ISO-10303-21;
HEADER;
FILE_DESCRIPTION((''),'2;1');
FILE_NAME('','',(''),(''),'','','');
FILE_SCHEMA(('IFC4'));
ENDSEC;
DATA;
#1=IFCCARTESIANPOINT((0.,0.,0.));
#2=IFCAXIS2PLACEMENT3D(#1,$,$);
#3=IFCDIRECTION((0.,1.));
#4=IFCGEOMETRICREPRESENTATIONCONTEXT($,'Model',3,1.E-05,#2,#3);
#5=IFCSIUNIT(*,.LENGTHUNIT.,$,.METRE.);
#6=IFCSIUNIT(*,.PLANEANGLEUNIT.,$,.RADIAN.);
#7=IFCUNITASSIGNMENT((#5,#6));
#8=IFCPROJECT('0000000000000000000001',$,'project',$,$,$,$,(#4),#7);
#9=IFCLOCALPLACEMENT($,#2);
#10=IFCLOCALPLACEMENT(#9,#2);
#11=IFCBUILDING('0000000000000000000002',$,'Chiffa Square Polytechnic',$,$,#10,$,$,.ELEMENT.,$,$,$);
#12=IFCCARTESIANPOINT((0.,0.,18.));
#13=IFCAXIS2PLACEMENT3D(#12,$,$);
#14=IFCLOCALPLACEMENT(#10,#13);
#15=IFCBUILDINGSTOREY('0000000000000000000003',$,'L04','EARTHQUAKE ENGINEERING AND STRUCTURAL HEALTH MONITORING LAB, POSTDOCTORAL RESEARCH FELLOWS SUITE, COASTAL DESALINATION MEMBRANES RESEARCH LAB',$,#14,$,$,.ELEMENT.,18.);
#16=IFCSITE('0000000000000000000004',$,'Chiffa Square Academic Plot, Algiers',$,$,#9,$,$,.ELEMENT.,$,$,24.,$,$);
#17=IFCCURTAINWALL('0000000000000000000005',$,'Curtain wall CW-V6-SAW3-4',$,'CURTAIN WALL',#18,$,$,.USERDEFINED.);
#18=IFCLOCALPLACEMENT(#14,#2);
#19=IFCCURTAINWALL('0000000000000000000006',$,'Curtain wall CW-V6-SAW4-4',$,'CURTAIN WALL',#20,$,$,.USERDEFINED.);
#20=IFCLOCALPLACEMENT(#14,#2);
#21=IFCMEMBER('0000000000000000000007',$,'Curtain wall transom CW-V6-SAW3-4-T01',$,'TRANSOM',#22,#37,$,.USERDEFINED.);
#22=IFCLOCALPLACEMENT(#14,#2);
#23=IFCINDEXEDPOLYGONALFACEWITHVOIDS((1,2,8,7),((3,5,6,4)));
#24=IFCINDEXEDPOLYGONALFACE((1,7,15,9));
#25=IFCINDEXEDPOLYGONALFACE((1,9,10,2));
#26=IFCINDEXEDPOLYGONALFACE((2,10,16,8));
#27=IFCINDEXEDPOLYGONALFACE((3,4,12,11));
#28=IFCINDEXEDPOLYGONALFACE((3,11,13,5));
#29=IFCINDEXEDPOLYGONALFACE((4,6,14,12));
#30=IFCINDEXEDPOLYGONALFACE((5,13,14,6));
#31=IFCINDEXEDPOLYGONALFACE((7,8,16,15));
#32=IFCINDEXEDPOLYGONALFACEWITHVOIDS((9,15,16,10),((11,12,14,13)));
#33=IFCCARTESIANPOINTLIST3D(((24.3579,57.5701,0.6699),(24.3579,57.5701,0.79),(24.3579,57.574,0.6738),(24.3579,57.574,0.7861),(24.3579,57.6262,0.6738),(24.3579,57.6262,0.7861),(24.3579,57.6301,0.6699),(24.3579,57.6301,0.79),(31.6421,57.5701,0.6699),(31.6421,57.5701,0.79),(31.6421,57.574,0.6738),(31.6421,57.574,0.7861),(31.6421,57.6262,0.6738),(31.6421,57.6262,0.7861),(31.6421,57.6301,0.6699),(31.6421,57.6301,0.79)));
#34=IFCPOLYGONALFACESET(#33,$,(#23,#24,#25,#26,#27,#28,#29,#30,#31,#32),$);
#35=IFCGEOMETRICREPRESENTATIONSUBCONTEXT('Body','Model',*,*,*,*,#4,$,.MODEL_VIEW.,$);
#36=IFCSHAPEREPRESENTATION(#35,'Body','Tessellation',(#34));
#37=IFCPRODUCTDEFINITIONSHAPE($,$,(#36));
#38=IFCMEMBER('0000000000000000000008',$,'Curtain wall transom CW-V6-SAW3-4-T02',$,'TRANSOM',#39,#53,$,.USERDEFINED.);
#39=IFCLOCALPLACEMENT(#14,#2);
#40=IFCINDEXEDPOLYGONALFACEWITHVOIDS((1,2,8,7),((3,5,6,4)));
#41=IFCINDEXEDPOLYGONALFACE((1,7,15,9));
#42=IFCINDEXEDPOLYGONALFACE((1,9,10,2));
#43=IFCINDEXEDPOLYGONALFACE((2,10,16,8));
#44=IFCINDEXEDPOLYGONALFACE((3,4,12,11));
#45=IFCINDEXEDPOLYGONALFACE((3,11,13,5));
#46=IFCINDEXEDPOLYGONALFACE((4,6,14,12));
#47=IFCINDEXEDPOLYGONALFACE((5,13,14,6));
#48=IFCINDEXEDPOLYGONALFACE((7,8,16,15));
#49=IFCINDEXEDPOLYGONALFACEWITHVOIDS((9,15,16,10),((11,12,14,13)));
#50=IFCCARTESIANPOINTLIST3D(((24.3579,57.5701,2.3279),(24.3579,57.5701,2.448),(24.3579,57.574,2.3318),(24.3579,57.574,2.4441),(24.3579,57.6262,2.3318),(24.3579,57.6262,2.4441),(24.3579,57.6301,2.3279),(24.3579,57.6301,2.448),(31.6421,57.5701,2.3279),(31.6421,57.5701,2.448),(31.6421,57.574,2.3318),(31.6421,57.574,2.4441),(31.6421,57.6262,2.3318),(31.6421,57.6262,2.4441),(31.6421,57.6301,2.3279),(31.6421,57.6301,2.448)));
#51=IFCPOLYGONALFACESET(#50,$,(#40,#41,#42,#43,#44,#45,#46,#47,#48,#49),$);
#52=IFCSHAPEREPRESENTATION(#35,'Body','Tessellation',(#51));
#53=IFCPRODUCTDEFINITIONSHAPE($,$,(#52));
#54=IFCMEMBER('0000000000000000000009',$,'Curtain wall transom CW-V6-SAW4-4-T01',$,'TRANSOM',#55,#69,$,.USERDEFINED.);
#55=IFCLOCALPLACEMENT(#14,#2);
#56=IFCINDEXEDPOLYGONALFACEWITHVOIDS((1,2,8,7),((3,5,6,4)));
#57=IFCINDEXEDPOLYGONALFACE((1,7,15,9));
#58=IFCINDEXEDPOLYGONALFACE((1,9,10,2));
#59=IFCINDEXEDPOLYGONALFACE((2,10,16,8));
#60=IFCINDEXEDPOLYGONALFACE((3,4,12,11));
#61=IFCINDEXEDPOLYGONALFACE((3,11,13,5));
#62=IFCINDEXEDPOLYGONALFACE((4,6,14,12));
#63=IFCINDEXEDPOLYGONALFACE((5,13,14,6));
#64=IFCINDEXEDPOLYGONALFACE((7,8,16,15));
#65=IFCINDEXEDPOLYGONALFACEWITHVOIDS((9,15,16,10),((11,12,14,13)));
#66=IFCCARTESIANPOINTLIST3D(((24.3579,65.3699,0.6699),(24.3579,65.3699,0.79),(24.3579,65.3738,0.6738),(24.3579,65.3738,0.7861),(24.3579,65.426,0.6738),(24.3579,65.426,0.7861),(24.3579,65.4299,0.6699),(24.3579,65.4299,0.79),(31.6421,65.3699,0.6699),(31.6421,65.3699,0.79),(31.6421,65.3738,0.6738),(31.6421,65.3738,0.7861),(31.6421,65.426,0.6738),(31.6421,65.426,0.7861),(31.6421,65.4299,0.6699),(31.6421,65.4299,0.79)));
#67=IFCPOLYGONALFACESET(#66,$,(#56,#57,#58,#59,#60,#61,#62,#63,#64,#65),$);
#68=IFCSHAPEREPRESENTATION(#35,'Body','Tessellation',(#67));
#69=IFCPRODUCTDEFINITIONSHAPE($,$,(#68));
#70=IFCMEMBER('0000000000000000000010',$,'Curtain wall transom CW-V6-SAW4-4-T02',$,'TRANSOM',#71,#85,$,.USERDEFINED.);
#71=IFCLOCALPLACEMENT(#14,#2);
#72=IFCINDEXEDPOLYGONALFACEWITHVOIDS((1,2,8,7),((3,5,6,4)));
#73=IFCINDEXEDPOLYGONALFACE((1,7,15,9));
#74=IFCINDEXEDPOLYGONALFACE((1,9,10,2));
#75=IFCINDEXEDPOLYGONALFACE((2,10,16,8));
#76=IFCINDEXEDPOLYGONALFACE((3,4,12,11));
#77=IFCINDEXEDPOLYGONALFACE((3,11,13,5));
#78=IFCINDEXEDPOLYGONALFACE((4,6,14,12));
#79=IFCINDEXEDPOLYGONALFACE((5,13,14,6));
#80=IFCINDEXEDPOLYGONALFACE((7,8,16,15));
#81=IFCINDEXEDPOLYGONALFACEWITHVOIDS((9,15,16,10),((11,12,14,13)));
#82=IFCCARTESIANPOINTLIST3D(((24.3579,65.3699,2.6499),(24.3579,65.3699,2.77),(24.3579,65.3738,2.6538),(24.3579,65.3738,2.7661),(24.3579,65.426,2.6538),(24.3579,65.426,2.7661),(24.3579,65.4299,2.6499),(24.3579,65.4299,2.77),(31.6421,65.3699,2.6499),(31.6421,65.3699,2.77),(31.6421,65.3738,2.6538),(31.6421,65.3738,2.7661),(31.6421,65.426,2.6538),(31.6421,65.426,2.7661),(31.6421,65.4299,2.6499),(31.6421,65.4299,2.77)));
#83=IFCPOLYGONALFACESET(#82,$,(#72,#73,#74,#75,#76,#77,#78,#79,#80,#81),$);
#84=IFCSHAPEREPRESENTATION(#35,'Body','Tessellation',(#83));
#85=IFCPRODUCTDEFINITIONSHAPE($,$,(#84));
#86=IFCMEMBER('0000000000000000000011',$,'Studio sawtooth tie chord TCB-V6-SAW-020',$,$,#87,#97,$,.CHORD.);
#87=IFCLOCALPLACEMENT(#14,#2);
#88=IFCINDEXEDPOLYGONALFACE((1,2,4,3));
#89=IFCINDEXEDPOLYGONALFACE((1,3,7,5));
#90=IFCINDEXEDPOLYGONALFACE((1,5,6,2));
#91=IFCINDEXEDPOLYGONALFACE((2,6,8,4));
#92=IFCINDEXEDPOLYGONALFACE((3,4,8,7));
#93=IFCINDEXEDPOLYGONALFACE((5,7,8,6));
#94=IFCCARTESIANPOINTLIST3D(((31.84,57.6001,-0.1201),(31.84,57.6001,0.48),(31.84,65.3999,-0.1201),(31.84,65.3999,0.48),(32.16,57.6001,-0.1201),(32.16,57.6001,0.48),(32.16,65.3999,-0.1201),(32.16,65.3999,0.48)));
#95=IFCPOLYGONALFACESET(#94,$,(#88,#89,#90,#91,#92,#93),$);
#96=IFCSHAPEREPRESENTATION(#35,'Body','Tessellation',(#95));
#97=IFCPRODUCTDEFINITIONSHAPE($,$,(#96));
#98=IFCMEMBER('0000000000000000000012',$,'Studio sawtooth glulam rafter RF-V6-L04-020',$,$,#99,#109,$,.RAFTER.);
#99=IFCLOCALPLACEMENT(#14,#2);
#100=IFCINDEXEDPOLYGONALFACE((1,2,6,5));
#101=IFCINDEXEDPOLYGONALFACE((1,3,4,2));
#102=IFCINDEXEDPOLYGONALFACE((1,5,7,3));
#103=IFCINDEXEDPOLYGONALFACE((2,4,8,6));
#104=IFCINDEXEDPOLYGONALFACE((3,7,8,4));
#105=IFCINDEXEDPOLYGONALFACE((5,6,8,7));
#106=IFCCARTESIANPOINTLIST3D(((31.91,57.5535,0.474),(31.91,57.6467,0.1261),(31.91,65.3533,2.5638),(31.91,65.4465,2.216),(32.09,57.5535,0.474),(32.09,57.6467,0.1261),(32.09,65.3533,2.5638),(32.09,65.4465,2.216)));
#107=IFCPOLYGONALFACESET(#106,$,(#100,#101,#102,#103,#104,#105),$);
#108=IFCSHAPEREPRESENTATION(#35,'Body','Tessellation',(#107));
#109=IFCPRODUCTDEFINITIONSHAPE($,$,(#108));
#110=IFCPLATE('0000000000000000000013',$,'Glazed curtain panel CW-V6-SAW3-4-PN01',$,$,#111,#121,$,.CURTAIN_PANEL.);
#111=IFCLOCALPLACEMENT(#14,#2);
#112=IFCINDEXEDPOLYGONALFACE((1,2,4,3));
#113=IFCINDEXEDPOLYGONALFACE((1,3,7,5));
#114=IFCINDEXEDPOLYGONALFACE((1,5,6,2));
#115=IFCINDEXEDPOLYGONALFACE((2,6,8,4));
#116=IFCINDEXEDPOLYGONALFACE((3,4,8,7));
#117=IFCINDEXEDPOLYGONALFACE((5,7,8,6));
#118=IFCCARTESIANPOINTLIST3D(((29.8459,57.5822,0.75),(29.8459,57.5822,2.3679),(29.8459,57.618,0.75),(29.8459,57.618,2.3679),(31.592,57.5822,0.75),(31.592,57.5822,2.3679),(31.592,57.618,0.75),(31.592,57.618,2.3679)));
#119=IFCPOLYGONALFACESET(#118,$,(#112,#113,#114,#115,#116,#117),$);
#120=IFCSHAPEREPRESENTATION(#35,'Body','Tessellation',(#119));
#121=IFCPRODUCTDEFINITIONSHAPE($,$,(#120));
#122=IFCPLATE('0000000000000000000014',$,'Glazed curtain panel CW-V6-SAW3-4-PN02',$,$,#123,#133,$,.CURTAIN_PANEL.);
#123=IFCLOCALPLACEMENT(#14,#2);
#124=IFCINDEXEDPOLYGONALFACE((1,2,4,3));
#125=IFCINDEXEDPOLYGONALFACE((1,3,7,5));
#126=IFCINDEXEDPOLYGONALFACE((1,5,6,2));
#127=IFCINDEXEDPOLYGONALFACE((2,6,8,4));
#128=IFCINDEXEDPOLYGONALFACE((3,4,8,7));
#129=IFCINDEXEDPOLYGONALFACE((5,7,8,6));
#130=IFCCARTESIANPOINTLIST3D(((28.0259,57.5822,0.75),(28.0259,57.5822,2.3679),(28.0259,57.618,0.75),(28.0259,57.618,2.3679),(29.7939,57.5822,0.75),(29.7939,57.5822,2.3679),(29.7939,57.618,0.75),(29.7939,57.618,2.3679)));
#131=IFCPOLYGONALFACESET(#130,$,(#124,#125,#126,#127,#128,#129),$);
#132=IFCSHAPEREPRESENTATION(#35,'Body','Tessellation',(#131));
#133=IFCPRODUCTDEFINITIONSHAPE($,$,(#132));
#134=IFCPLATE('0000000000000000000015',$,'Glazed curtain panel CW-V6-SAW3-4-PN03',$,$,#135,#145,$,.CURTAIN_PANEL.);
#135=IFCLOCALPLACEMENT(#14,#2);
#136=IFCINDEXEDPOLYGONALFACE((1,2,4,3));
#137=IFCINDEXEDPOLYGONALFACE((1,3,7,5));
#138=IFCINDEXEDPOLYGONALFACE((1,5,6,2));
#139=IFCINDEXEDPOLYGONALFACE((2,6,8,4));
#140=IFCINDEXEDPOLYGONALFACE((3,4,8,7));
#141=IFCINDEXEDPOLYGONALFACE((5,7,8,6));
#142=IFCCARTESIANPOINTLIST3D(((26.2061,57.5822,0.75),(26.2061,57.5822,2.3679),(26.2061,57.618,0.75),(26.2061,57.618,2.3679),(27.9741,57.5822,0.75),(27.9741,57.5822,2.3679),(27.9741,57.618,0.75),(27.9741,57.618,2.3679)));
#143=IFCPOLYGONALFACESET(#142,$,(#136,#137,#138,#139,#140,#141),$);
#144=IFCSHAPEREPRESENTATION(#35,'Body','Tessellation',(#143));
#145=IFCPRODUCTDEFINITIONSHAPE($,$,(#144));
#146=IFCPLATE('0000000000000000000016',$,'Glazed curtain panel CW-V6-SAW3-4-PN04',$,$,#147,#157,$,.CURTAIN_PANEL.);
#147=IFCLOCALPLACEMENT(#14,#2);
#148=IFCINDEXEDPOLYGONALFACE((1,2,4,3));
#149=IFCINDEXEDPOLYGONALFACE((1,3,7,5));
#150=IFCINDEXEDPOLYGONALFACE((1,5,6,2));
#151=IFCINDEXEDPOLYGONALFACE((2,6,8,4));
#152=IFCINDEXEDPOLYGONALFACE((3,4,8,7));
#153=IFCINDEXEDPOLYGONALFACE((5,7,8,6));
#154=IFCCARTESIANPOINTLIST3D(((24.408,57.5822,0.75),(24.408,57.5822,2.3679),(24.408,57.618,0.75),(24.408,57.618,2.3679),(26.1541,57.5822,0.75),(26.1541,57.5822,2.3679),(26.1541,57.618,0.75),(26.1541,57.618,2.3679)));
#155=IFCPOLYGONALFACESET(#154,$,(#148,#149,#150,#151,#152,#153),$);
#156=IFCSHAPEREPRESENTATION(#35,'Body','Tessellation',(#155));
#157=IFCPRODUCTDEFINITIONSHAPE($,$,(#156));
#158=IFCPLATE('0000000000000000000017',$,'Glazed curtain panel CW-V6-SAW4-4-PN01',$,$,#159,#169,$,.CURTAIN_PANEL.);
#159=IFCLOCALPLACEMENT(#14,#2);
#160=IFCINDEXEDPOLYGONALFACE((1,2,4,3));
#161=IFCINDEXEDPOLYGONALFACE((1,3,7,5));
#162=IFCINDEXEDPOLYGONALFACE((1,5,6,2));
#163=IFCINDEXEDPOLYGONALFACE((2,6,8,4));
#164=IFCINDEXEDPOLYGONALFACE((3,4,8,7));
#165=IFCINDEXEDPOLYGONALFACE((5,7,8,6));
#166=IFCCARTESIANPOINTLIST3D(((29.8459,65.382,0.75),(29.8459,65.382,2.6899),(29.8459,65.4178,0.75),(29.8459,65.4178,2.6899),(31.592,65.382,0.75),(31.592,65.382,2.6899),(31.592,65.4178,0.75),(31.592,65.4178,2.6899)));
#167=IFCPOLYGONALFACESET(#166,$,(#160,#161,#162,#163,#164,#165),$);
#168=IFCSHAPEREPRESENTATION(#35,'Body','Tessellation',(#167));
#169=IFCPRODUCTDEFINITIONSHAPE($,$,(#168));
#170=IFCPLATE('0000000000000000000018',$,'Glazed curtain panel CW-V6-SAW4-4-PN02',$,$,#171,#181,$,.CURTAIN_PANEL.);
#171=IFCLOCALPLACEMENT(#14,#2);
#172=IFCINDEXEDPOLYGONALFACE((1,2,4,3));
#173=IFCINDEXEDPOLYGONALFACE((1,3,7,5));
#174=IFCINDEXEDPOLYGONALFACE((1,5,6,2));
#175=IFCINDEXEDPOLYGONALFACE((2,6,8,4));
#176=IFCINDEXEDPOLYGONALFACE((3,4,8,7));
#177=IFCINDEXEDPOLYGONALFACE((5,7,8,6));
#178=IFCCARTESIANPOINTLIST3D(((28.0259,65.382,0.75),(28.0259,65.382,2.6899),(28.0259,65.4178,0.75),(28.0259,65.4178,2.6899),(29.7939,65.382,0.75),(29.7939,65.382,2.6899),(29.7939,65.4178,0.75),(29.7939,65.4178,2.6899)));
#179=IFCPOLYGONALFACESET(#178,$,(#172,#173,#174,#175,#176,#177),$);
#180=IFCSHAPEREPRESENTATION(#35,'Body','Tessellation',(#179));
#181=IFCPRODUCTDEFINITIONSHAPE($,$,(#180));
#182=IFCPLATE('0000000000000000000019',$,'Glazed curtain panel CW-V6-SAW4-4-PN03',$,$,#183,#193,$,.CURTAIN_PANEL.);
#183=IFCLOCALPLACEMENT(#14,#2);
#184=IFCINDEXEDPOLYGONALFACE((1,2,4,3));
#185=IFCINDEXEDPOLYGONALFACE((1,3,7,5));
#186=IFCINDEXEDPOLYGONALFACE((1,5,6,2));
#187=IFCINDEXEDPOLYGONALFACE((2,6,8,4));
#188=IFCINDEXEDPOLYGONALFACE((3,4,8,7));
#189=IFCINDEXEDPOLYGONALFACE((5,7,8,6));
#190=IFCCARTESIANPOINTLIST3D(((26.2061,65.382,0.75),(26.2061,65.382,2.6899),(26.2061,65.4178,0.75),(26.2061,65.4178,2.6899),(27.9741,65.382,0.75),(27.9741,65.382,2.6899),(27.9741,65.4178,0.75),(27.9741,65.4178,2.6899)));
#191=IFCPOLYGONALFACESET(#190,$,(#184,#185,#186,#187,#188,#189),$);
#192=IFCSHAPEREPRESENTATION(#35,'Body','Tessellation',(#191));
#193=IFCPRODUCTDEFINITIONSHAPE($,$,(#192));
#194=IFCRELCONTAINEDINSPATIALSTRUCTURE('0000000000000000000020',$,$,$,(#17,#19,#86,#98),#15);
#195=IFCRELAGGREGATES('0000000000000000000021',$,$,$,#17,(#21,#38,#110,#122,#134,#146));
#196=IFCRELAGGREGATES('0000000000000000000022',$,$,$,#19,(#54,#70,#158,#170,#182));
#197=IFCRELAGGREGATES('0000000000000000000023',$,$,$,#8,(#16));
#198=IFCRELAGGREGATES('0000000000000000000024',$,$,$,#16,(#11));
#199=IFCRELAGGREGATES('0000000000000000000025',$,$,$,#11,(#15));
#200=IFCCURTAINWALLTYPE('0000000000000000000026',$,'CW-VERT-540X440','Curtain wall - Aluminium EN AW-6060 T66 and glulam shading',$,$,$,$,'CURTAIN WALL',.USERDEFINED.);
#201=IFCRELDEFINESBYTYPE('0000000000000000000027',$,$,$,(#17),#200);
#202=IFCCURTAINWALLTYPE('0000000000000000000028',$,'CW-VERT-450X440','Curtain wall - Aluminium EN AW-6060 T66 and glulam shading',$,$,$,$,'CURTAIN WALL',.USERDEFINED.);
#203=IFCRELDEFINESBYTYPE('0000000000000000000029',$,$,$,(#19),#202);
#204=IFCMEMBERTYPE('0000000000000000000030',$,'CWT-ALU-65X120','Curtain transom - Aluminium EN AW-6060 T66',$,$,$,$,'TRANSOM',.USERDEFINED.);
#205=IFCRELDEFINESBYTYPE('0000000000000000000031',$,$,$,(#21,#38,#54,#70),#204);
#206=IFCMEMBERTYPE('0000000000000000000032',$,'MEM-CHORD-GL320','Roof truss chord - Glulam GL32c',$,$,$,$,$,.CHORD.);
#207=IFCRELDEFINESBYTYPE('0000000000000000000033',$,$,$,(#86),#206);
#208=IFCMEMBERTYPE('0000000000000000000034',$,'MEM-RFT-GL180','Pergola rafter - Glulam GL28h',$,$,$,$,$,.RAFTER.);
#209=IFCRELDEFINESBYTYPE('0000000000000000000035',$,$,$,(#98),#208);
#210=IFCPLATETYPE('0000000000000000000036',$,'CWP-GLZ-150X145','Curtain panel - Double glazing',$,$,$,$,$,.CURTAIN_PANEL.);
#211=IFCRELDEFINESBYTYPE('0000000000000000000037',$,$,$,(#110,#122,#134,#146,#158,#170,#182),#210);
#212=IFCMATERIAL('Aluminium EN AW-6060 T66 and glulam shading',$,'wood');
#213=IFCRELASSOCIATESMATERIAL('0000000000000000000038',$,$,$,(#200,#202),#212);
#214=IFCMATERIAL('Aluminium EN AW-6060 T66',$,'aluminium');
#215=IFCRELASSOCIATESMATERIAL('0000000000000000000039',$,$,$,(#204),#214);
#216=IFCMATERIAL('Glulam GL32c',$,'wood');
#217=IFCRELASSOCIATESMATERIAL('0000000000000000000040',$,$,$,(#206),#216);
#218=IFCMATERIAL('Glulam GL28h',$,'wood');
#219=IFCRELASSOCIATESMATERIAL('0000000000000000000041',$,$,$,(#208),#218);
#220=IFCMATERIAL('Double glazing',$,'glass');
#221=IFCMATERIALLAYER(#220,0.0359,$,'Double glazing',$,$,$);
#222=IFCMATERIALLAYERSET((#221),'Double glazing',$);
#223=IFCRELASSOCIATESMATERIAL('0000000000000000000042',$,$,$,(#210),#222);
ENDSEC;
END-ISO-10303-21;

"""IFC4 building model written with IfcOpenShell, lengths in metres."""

from ifc_helpers import new_model, si_unit, direction, frame, origin, origin_2d, place, context, subcontext, project, spatial, rectangle, hollow_rectangle, extrude, material, layer, layer_set, material_profile, profile_set, type_object, element, aggregate, save


model = new_model("IFC4")

# Units and contexts
model_context = context("Model", 3, precision=1e-05, world=origin(), true_north=direction((0.0, 1.0)))
body_context = subcontext(model_context, "Body", "Model", "MODEL_VIEW")
ifc_project = project(units=[si_unit("LENGTHUNIT", "METRE"), si_unit("PLANEANGLEUNIT", "RADIAN")], contexts=[model_context])

# Site, building, storey
site_placement = place(None, origin())
site = spatial("IfcSite", under=ifc_project, at=site_placement, Name="Chiffa Square Academic Plot, Algiers", CompositionType="ELEMENT", RefElevation=24.0)
building_placement = place(site_placement, origin())
building = spatial("IfcBuilding", under=site, at=building_placement, Name="Chiffa Square Polytechnic", CompositionType="ELEMENT")
storey_placement = place(building_placement, frame((0.0, 0.0, 18.0)))
storey = spatial("IfcBuildingStorey", under=building, at=storey_placement, Name="L04", Description="EARTHQUAKE ENGINEERING AND STRUCTURAL HEALTH MONITORING LAB, POSTDOCTORAL RESEARCH FELLOWS SUITE, COASTAL DESALINATION MEMBRANES RESEARCH LAB", CompositionType="ELEMENT", Elevation=18.0)

# Shared definitions
ifc_material_1 = material(Name="Glulam GL32c", Category="wood")

# Curtain walls
ifc_material_2 = material(Name="Aluminium EN AW-6060 T66 and glulam shading", Category="wood")
curtain_wall_type_1 = type_object("IfcCurtainWallType", Name="CW-VERT-540X440", Description="Curtain wall - Aluminium EN AW-6060 T66 and glulam shading", ElementType="CURTAIN WALL", PredefinedType="USERDEFINED", material=ifc_material_2)
curtain_wall_1_placement = place(storey_placement, origin())
curtain_wall_1 = element("IfcCurtainWall", 1, at=curtain_wall_1_placement, inside=storey, type_object=curtain_wall_type_1, Name="Curtain wall CW-V6-SAW3-4", ObjectType="CURTAIN WALL", PredefinedType="USERDEFINED")
ifc_material_3 = material(Name="Aluminium EN AW-6060 T66", Category="aluminium")
curtain_wall_type_2 = type_object("IfcCurtainWallType", Name="CW-VERT-450X440", Description="Curtain wall - Aluminium EN AW-6060 T66 and glulam shading", ElementType="CURTAIN WALL", PredefinedType="USERDEFINED", material=ifc_material_2)
curtain_wall_2_placement = place(storey_placement, origin())
curtain_wall_2 = element("IfcCurtainWall", 2, at=curtain_wall_2_placement, inside=storey, type_object=curtain_wall_type_2, Name="Curtain wall CW-V6-SAW4-4", ObjectType="CURTAIN WALL", PredefinedType="USERDEFINED")

# Members
ifc_material_profile_1 = material_profile(ifc_material_3, hollow_rectangle(XDim=0.0601, YDim=0.1201, WallThickness=0.0039, at=origin_2d()), Name="ALU 60x120x4")
ifc_profile_set_1 = profile_set([ifc_material_profile_1], Name="Aluminium EN AW-6060 T66")
member_type_1 = type_object("IfcMemberType", Name="CWT-ALU-65X120", Description="Curtain transom - Aluminium EN AW-6060 T66", ElementType="TRANSOM", PredefinedType="USERDEFINED", material=ifc_profile_set_1)
member_1_placement = place(storey_placement, frame((31.6421, 57.6001, 0.73), z_axis=(-1.0, 0.0, 0.0), x_axis=(0.0, -1.0, 0.0)))
member_1 = element("IfcMember", 3, at=member_1_placement, type_object=member_type_1, Name="Curtain wall transom CW-V6-SAW3-4-T01", ObjectType="TRANSOM", PredefinedType="USERDEFINED", context=body_context, shape_type="SweptSolid", body=[
    extrude(hollow_rectangle(XDim=0.0601, YDim=0.1201, WallThickness=0.0039, at=origin_2d()), origin(), (0.0, 0.0, 1.0), 7.2842),
])
member_2_placement = place(storey_placement, frame((31.6421, 57.6001, 2.3879), z_axis=(-1.0, 0.0, 0.0), x_axis=(0.0, -1.0, 0.0)))
member_2 = element("IfcMember", 4, at=member_2_placement, type_object=member_type_1, Name="Curtain wall transom CW-V6-SAW3-4-T02", ObjectType="TRANSOM", PredefinedType="USERDEFINED", context=body_context, shape_type="SweptSolid", body=[
    extrude(hollow_rectangle(XDim=0.0601, YDim=0.1201, WallThickness=0.0039, at=origin_2d()), origin(), (0.0, 0.0, 1.0), 7.2842),
])
member_3_placement = place(storey_placement, frame((31.6421, 65.3999, 0.73), z_axis=(-1.0, 0.0, 0.0), x_axis=(0.0, -1.0, 0.0)))
member_3 = element("IfcMember", 5, at=member_3_placement, type_object=member_type_1, Name="Curtain wall transom CW-V6-SAW4-4-T01", ObjectType="TRANSOM", PredefinedType="USERDEFINED", context=body_context, shape_type="SweptSolid", body=[
    extrude(hollow_rectangle(XDim=0.0601, YDim=0.1201, WallThickness=0.0039, at=origin_2d()), origin(), (0.0, 0.0, 1.0), 7.2842),
])
member_4_placement = place(storey_placement, frame((31.6421, 65.3999, 2.71), z_axis=(-1.0, 0.0, 0.0), x_axis=(0.0, -1.0, 0.0)))
member_4 = element("IfcMember", 6, at=member_4_placement, type_object=member_type_1, Name="Curtain wall transom CW-V6-SAW4-4-T02", ObjectType="TRANSOM", PredefinedType="USERDEFINED", context=body_context, shape_type="SweptSolid", body=[
    extrude(hollow_rectangle(XDim=0.0601, YDim=0.1201, WallThickness=0.0039, at=origin_2d()), origin(), (0.0, 0.0, 1.0), 7.2842),
])

# Members
ifc_material_profile_2 = material_profile(ifc_material_1, rectangle(XDim=0.3201, YDim=0.6001, at=origin_2d()), Name="GL32c 320x600")
ifc_profile_set_2 = profile_set([ifc_material_profile_2], Name="Glulam GL32c")
member_type_2 = type_object("IfcMemberType", Name="MEM-CHORD-GL320", Description="Roof truss chord - Glulam GL32c", PredefinedType="CHORD", material=ifc_profile_set_2)
member_5_placement = place(storey_placement, frame((32.0, 57.6001, 0.1799), z_axis=(0.0, 1.0, 0.0), x_axis=(-1.0, 0.0, 0.0)))
element("IfcMember", 7, at=member_5_placement, inside=storey, type_object=member_type_2, Name="Studio sawtooth tie chord TCB-V6-SAW-020", PredefinedType="CHORD", context=body_context, shape_type="SweptSolid", body=[
    extrude(rectangle(XDim=0.3201, YDim=0.6001, at=origin_2d()), origin(), (0.0, 0.0, 1.0), 7.7998),
])
ifc_material_4 = material(Name="Glulam GL28h", Category="wood")
ifc_material_profile_3 = material_profile(ifc_material_4, rectangle(XDim=0.1799, YDim=0.3601, at=origin_2d()), Name="GL28h 180x360")
ifc_profile_set_3 = profile_set([ifc_material_profile_3], Name="Glulam GL28h")
member_type_3 = type_object("IfcMemberType", Name="MEM-RFT-GL180", Description="Pergola rafter - Glulam GL28h", PredefinedType="RAFTER", material=ifc_profile_set_3)
member_6_placement = place(storey_placement, frame((32.0, 57.6001, 0.3), z_axis=(0.0, 0.965929, 0.258807), x_axis=(-1.0, 0.0, 0.0)))
element("IfcMember", 8, at=member_6_placement, inside=storey, type_object=member_type_3, Name="Studio sawtooth glulam rafter RF-V6-L04-020", PredefinedType="RAFTER", context=body_context, shape_type="SweptSolid", body=[
    extrude(rectangle(XDim=0.1799, YDim=0.3601, at=origin_2d()), origin(), (0.0, 0.0, 1.0), 8.075),
])

# Plates
ifc_material_5 = material(Name="Double glazing", Category="glass")
ifc_layer_1 = layer(ifc_material_5, 0.0359, Name="Double glazing")
ifc_layer_set_1 = layer_set([ifc_layer_1], Name="Double glazing")
plate_type = type_object("IfcPlateType", Name="CWP-GLZ-150X145", Description="Curtain panel - Double glazing", PredefinedType="CURTAIN_PANEL", material=ifc_layer_set_1)
plate_1_placement = place(storey_placement, frame((30.719, 57.6001, 0.75), z_axis=(0.0, 0.0, 1.0), x_axis=(-1.0, 0.0, 0.0)))
plate_1 = element("IfcPlate", 9, at=plate_1_placement, type_object=plate_type, Name="Glazed curtain panel CW-V6-SAW3-4-PN01", PredefinedType="CURTAIN_PANEL", context=body_context, shape_type="SweptSolid", body=[
    extrude(rectangle(XDim=1.7461, YDim=0.0359, at=origin_2d()), origin(), (0.0, 0.0, 1.0), 1.6179),
])
plate_2_placement = place(storey_placement, frame((28.9099, 57.6001, 0.75), z_axis=(0.0, 0.0, 1.0), x_axis=(-1.0, 0.0, 0.0)))
plate_2 = element("IfcPlate", 10, at=plate_2_placement, type_object=plate_type, Name="Glazed curtain panel CW-V6-SAW3-4-PN02", PredefinedType="CURTAIN_PANEL", context=body_context, shape_type="SweptSolid", body=[
    extrude(rectangle(XDim=1.7681, YDim=0.0359, at=origin_2d()), origin(), (0.0, 0.0, 1.0), 1.6179),
])
plate_3_placement = place(storey_placement, frame((27.0901, 57.6001, 0.75), z_axis=(0.0, 0.0, 1.0), x_axis=(-1.0, 0.0, 0.0)))
plate_3 = element("IfcPlate", 11, at=plate_3_placement, type_object=plate_type, Name="Glazed curtain panel CW-V6-SAW3-4-PN03", PredefinedType="CURTAIN_PANEL", context=body_context, shape_type="SweptSolid", body=[
    extrude(rectangle(XDim=1.7681, YDim=0.0359, at=origin_2d()), origin(), (0.0, 0.0, 1.0), 1.6179),
])
plate_4_placement = place(storey_placement, frame((25.281, 57.6001, 0.75), z_axis=(0.0, 0.0, 1.0), x_axis=(-1.0, 0.0, 0.0)))
plate_4 = element("IfcPlate", 12, at=plate_4_placement, type_object=plate_type, Name="Glazed curtain panel CW-V6-SAW3-4-PN04", PredefinedType="CURTAIN_PANEL", context=body_context, shape_type="SweptSolid", body=[
    extrude(rectangle(XDim=1.7461, YDim=0.0359, at=origin_2d()), origin(), (0.0, 0.0, 1.0), 1.6179),
])
aggregate(curtain_wall_1, [member_1, member_2, plate_1, plate_2, plate_3, plate_4])
plate_5_placement = place(storey_placement, frame((30.719, 65.3999, 0.75), z_axis=(0.0, 0.0, 1.0), x_axis=(-1.0, 0.0, 0.0)))
plate_5 = element("IfcPlate", 13, at=plate_5_placement, type_object=plate_type, Name="Glazed curtain panel CW-V6-SAW4-4-PN01", PredefinedType="CURTAIN_PANEL", context=body_context, shape_type="SweptSolid", body=[
    extrude(rectangle(XDim=1.7461, YDim=0.0359, at=origin_2d()), origin(), (0.0, 0.0, 1.0), 1.9399),
])
plate_6_placement = place(storey_placement, frame((28.9099, 65.3999, 0.75), z_axis=(0.0, 0.0, 1.0), x_axis=(-1.0, 0.0, 0.0)))
plate_6 = element("IfcPlate", 14, at=plate_6_placement, type_object=plate_type, Name="Glazed curtain panel CW-V6-SAW4-4-PN02", PredefinedType="CURTAIN_PANEL", context=body_context, shape_type="SweptSolid", body=[
    extrude(rectangle(XDim=1.7681, YDim=0.0359, at=origin_2d()), origin(), (0.0, 0.0, 1.0), 1.9399),
])
plate_7_placement = place(storey_placement, frame((27.0901, 65.3999, 0.75), z_axis=(0.0, 0.0, 1.0), x_axis=(-1.0, 0.0, 0.0)))
plate_7 = element("IfcPlate", 15, at=plate_7_placement, type_object=plate_type, Name="Glazed curtain panel CW-V6-SAW4-4-PN03", PredefinedType="CURTAIN_PANEL", context=body_context, shape_type="SweptSolid", body=[
    extrude(rectangle(XDim=1.7681, YDim=0.0359, at=origin_2d()), origin(), (0.0, 0.0, 1.0), 1.9399),
])
aggregate(curtain_wall_2, [member_3, member_4, plate_5, plate_6, plate_7])

save(model, "model.ifc")
